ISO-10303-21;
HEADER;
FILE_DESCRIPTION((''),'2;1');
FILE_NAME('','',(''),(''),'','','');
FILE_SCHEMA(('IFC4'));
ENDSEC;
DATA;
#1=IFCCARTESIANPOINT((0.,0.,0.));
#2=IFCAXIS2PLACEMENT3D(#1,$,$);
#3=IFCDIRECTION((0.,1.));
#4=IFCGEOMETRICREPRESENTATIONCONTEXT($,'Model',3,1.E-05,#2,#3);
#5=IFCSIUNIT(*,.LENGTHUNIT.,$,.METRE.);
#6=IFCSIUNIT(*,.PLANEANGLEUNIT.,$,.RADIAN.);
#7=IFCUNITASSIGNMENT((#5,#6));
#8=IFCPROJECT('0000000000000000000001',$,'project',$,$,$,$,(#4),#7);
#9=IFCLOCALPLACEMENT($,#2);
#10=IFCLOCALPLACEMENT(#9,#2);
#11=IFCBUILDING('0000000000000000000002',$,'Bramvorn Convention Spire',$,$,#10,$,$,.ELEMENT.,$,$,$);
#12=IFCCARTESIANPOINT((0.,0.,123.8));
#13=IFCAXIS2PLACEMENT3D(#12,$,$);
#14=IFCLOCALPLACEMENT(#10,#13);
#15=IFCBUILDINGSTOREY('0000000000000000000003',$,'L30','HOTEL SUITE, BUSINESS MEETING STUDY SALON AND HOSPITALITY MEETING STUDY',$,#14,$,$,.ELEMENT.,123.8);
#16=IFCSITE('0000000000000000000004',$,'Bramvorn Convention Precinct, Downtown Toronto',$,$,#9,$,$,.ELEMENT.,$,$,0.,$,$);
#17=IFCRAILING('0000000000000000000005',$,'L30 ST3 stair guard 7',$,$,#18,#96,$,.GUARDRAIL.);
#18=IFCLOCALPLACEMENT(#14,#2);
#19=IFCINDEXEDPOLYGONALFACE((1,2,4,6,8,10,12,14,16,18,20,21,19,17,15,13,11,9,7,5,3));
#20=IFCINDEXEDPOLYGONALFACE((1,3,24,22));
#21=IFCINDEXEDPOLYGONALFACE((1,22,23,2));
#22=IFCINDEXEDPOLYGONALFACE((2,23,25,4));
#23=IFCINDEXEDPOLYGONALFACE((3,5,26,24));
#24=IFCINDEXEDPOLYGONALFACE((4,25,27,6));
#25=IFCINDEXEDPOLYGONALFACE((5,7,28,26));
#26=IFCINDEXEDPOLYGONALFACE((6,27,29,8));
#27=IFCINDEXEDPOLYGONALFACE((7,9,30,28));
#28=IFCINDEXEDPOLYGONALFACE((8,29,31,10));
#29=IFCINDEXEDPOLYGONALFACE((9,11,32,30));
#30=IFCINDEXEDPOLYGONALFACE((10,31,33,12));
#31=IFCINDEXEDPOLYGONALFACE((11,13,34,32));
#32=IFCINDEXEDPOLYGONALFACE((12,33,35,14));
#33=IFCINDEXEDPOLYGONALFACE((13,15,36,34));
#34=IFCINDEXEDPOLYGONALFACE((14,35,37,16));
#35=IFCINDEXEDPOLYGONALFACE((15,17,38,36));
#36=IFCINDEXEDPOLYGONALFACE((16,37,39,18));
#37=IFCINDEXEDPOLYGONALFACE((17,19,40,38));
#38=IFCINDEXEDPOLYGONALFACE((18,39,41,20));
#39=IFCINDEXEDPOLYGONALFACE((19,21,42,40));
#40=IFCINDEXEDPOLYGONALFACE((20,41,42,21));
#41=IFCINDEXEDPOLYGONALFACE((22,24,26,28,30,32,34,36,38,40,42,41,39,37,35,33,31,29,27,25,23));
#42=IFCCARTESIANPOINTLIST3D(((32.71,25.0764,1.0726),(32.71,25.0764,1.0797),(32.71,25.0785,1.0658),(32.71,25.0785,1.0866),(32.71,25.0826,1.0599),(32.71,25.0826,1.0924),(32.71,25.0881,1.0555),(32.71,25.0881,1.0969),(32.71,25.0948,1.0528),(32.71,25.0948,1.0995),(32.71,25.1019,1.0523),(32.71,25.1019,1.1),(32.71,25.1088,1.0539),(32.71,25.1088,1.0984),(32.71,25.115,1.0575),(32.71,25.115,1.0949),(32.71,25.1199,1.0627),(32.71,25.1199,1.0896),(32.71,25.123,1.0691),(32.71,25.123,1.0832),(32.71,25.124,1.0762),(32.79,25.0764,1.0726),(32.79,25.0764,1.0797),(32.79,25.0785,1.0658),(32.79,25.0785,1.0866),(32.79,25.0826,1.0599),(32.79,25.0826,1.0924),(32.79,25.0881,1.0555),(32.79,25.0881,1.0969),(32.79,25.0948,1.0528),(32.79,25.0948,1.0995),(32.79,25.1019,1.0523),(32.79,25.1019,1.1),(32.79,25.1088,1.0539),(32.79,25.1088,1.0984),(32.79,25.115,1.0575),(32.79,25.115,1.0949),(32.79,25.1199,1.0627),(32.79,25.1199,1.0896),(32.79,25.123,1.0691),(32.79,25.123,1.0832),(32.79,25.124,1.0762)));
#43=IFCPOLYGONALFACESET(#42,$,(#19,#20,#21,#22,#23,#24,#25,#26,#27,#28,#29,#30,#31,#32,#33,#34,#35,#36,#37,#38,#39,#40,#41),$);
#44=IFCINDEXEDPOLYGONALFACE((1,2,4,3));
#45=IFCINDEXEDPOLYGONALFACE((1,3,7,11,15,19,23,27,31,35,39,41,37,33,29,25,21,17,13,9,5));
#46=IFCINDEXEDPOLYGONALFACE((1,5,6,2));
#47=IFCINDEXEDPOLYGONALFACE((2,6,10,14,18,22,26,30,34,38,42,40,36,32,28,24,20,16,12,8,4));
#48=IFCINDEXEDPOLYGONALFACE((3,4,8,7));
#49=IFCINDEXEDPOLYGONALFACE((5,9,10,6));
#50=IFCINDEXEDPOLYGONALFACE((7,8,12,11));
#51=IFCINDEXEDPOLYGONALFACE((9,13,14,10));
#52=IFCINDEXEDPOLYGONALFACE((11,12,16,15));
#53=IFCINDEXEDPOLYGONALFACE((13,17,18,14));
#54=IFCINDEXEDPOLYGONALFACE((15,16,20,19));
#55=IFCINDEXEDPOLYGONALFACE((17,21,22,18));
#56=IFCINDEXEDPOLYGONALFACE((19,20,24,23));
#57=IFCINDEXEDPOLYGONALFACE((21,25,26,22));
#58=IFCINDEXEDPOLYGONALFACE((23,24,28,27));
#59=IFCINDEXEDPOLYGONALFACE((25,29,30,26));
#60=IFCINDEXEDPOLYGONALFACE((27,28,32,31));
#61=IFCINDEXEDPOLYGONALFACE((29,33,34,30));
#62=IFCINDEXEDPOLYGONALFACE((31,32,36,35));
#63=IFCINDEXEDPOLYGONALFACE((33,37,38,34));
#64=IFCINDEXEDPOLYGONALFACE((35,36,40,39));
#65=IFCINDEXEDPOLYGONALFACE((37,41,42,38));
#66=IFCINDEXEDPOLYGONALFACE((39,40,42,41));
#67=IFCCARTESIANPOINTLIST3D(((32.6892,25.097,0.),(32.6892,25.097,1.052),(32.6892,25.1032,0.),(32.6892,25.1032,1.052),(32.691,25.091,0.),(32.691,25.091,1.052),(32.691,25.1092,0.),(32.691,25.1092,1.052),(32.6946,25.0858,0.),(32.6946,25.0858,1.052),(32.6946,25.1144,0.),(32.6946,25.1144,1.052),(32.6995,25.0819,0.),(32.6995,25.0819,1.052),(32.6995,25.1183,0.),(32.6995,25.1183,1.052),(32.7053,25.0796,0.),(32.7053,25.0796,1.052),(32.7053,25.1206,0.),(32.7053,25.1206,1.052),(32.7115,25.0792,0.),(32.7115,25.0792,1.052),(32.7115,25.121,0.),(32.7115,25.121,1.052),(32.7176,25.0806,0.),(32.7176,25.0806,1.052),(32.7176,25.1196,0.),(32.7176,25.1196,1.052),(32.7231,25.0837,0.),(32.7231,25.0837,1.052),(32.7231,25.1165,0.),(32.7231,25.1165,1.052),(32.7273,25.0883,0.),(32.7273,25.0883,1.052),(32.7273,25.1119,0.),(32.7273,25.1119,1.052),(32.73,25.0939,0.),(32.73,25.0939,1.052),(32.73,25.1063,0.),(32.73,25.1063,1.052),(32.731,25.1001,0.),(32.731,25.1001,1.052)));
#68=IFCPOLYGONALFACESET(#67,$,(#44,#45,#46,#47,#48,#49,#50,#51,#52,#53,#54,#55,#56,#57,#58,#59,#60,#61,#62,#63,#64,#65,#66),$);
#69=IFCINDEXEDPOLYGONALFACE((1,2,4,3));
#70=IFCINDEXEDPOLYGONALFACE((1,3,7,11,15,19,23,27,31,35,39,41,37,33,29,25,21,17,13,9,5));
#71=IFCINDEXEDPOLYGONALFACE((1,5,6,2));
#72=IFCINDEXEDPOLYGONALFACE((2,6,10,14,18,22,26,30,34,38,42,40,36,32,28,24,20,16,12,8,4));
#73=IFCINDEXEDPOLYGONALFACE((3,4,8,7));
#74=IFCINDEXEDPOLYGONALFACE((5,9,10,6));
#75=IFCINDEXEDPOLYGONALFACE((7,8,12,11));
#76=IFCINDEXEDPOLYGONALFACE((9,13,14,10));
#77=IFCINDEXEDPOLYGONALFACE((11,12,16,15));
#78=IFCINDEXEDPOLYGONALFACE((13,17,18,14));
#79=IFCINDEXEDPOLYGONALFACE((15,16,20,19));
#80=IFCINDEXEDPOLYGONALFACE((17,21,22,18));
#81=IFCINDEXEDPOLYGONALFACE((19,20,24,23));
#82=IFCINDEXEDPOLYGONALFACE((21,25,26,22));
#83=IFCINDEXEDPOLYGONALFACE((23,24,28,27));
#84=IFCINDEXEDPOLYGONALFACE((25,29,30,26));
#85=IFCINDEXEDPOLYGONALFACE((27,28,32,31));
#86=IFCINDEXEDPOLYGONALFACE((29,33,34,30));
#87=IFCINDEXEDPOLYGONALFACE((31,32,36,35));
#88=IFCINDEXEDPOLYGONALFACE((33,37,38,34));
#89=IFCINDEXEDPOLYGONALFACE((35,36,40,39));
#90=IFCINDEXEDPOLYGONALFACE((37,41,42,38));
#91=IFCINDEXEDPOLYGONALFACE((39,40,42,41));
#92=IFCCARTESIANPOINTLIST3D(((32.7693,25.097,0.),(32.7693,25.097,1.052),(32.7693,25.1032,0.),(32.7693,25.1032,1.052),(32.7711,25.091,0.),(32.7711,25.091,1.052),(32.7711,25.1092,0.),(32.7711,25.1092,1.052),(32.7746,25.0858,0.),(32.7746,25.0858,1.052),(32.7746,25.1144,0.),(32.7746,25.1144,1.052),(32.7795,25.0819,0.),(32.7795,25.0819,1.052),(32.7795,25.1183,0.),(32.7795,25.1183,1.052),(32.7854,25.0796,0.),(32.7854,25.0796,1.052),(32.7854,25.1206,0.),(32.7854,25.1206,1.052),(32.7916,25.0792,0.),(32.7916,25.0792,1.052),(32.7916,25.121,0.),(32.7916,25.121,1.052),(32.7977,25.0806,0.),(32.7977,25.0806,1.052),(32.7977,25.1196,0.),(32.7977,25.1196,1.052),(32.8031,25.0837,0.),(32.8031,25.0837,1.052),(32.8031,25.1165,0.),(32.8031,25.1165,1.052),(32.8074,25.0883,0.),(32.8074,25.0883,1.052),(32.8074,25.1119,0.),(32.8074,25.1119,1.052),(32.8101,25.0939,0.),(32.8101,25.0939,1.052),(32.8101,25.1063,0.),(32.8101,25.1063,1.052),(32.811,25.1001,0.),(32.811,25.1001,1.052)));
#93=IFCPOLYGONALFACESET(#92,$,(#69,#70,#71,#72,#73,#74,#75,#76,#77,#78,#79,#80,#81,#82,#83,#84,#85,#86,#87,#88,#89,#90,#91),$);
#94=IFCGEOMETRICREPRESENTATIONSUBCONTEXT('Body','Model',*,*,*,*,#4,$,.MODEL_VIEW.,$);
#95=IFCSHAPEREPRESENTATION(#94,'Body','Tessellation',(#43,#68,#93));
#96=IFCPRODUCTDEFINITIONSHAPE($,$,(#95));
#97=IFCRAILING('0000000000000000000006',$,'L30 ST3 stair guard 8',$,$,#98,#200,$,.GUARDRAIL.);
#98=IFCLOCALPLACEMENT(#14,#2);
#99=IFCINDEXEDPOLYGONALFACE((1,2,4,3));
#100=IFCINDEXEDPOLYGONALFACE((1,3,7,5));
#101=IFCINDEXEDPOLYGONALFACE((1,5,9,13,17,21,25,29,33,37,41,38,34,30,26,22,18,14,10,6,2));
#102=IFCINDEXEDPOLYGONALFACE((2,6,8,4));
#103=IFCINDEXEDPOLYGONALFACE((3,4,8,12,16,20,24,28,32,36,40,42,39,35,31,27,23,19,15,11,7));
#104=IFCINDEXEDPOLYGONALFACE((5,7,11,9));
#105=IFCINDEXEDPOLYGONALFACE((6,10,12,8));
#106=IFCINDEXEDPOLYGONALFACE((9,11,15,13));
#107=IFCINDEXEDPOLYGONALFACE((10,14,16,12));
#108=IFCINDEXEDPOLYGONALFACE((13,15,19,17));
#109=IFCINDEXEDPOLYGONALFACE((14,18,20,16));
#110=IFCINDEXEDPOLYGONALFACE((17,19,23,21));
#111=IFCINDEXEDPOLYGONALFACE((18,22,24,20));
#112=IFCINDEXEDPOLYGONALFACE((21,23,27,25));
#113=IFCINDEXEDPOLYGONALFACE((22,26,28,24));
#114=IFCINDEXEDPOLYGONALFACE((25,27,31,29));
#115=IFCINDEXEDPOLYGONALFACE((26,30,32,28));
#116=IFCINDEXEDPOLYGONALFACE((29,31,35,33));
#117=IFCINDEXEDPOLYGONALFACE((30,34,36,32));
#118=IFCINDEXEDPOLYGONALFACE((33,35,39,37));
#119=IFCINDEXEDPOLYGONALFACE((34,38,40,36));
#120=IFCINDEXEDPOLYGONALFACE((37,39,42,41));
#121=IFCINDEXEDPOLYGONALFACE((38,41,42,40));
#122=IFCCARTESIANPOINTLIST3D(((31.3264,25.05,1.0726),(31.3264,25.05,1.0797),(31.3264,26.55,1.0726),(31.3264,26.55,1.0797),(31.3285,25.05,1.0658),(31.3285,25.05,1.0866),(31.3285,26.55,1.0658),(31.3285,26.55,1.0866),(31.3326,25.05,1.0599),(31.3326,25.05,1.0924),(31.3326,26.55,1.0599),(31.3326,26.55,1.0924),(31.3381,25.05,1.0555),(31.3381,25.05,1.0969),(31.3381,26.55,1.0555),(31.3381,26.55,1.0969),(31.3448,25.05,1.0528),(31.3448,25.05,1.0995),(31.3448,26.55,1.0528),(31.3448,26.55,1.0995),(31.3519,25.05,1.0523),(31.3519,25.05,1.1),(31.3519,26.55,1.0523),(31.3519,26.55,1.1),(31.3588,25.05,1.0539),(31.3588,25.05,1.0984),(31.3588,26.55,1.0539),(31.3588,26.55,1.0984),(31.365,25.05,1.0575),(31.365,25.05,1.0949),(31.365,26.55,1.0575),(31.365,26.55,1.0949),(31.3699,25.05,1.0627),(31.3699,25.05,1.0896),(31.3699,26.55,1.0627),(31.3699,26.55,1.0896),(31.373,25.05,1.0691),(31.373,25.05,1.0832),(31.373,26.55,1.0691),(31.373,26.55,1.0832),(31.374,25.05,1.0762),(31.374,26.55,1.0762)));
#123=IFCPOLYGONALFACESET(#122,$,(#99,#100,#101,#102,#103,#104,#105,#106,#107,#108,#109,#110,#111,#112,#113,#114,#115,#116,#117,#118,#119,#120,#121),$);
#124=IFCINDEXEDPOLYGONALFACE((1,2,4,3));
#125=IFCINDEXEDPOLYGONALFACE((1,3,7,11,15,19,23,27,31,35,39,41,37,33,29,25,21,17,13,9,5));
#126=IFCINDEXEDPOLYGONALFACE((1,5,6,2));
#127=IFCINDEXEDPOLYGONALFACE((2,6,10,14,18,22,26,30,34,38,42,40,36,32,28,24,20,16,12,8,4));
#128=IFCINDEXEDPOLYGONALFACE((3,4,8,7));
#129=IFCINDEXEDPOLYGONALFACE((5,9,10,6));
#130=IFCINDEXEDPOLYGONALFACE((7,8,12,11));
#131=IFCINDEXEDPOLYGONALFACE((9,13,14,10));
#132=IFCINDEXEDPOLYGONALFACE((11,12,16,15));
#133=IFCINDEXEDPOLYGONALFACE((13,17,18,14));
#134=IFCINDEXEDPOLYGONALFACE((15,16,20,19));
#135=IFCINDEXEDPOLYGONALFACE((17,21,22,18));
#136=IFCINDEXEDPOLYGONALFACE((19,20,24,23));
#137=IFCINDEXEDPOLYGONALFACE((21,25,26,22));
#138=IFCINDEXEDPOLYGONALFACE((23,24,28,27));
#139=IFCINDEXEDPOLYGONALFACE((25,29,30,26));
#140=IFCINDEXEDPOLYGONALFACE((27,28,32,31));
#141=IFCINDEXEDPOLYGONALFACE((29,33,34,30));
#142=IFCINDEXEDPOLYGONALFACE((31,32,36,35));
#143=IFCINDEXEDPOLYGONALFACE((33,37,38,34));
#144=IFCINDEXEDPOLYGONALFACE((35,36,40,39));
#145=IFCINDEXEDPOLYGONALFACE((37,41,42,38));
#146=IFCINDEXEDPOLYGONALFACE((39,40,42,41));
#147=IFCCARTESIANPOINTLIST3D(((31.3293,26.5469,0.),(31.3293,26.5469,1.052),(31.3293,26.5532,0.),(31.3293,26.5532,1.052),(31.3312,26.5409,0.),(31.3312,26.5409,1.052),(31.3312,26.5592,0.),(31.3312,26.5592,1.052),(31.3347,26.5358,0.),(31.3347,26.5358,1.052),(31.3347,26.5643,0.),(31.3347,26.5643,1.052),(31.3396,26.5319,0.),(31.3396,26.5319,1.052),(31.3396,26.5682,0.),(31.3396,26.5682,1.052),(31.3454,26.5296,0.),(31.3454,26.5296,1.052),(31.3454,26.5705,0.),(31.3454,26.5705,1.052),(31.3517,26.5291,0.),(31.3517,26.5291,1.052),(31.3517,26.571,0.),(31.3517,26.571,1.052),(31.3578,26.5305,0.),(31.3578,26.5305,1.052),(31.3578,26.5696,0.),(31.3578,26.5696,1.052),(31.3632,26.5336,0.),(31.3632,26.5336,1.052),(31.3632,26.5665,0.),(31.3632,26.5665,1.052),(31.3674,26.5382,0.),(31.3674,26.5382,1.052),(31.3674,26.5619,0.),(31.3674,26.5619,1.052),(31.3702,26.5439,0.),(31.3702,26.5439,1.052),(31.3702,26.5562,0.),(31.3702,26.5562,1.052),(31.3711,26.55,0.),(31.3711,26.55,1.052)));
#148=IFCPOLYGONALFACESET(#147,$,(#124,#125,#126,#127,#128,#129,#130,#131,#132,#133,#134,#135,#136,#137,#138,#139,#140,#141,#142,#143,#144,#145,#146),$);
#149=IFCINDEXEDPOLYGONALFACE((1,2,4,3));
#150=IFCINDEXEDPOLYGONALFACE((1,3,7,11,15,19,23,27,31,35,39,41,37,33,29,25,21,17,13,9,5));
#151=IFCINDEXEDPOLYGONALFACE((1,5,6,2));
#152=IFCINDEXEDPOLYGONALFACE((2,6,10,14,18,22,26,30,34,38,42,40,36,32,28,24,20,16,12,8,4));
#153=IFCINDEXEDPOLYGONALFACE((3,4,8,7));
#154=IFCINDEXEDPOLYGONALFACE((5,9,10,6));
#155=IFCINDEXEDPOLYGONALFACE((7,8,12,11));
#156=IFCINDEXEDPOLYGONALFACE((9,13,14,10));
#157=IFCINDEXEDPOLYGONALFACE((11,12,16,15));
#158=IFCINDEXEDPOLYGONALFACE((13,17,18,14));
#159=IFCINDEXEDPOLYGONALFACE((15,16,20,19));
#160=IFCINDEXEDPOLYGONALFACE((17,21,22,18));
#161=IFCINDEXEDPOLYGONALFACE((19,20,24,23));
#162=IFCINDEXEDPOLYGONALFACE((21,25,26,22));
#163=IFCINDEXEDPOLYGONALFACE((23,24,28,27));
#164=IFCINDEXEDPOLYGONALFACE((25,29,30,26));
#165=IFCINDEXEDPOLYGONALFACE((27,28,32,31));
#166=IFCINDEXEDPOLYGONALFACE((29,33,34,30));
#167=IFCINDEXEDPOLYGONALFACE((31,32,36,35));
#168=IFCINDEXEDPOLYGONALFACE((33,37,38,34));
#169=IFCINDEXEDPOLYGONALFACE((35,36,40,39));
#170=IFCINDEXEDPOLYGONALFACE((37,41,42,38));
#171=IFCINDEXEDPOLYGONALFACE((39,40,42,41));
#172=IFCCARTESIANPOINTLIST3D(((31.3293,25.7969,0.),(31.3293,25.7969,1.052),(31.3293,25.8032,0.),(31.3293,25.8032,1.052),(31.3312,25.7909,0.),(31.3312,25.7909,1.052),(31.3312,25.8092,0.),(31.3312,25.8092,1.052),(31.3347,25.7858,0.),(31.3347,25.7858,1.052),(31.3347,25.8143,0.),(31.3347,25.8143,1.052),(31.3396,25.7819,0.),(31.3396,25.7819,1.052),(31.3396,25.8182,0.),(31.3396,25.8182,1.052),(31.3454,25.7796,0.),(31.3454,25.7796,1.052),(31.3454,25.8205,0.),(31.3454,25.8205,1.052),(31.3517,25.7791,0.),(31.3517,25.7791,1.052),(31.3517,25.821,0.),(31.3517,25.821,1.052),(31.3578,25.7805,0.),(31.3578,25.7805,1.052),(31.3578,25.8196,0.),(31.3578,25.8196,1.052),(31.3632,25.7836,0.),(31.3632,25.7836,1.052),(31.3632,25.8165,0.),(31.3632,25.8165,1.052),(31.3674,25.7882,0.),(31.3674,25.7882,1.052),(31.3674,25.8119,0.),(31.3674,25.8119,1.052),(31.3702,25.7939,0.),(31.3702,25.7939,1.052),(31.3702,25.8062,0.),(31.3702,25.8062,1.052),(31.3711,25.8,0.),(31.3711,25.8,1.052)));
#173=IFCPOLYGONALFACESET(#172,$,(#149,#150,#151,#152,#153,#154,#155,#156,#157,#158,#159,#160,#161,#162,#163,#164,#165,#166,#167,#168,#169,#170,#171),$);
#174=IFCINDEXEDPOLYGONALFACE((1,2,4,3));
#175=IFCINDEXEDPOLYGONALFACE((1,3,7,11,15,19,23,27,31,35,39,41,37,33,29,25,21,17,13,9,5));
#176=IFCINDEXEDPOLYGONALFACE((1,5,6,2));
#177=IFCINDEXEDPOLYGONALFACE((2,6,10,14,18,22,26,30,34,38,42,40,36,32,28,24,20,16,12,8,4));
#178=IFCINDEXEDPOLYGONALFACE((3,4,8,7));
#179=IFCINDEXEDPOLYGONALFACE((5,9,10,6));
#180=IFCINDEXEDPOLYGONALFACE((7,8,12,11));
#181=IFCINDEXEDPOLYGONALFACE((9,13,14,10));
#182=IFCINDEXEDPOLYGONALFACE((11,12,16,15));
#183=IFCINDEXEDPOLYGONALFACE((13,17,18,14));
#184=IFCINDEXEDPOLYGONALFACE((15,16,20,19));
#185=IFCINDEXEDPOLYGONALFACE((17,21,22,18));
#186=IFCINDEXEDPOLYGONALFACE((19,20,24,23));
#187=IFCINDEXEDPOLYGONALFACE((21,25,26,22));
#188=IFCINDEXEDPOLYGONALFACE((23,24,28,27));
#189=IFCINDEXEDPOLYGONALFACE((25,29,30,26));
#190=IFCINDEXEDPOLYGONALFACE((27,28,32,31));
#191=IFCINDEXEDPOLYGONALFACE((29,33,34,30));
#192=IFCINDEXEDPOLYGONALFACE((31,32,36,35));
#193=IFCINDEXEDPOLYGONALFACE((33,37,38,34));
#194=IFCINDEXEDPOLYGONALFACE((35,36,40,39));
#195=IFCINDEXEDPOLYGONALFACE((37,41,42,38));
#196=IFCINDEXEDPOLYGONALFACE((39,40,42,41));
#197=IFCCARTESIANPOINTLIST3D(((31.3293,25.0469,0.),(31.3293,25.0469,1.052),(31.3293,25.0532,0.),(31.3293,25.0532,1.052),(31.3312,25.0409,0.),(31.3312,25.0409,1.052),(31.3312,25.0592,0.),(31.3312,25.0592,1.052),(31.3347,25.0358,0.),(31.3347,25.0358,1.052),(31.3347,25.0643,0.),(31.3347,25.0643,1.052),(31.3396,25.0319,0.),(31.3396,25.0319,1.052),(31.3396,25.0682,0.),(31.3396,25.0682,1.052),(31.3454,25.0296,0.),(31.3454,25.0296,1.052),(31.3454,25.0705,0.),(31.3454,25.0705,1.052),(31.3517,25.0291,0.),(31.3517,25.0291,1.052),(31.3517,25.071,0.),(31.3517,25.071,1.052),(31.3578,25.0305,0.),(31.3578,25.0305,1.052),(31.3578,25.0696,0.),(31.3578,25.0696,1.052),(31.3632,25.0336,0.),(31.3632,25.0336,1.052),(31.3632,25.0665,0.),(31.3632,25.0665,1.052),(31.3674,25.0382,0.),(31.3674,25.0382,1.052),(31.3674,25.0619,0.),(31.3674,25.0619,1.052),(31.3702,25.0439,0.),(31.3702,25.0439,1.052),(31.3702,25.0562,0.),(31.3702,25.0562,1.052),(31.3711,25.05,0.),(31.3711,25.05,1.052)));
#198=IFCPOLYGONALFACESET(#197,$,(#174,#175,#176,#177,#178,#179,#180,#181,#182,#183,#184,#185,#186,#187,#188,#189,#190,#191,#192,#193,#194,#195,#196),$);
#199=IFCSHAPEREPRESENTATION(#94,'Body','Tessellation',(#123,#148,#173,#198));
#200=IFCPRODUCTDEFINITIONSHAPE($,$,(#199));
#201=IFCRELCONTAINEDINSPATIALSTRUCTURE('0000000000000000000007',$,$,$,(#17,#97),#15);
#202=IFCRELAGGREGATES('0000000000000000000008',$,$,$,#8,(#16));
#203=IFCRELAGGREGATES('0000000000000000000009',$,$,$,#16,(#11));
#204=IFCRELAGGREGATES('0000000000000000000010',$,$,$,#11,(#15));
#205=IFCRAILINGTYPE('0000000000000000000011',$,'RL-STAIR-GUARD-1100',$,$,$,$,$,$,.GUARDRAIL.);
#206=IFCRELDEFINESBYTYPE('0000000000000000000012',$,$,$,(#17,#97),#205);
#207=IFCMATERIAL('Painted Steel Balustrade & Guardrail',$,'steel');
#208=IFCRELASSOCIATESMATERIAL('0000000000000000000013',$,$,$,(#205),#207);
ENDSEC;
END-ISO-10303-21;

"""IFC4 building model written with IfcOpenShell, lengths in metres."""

from ifc_helpers import new_model, si_unit, direction, frame, origin, origin_2d, place, context, subcontext, project, spatial, circle, extrude, material, type_object, element, save


model = new_model("IFC4")

# Units and contexts
model_context = context("Model", 3, precision=1e-05, world=origin(), true_north=direction((0.0, 1.0)))
body_context = subcontext(model_context, "Body", "Model", "MODEL_VIEW")
ifc_project = project(units=[si_unit("LENGTHUNIT", "METRE"), si_unit("PLANEANGLEUNIT", "RADIAN")], contexts=[model_context])

# Site, building, storey
site_placement = place(None, origin())
site = spatial("IfcSite", under=ifc_project, at=site_placement, Name="Bramvorn Convention Precinct, Downtown Toronto", CompositionType="ELEMENT", RefElevation=0.0)
building_placement = place(site_placement, origin())
building = spatial("IfcBuilding", under=site, at=building_placement, Name="Bramvorn Convention Spire", CompositionType="ELEMENT")
storey_placement = place(building_placement, frame((0.0, 0.0, 123.8)))
storey = spatial("IfcBuildingStorey", under=building, at=storey_placement, Name="L30", Description="HOTEL SUITE, BUSINESS MEETING STUDY SALON AND HOSPITALITY MEETING STUDY", CompositionType="ELEMENT", Elevation=123.8)

# Railings
ifc_material_1 = material(Name="Painted Steel Balustrade & Guardrail", Category="steel")
railing_type_1 = type_object("IfcRailingType", Name="RL-STAIR-GUARD-1100", PredefinedType="GUARDRAIL", material=ifc_material_1)
railing_1_placement = place(storey_placement, frame((32.71, 25.1001, 0.0)))
element("IfcRailing", 1, at=railing_1_placement, inside=storey, type_object=railing_type_1, Name="L30 ST3 stair guard 7", PredefinedType="GUARDRAIL", context=body_context, shape_type="SweptSolid", body=[
    extrude(circle(Radius=0.0239, at=origin_2d()), frame((0.0, 0.0, 1.0762), z_axis=(1.0, 0.0, 0.0), x_axis=(0.0, 1.0, 0.0)), (0.0, 0.0, 1.0), 0.0801),
    extrude(circle(Radius=0.021, at=origin_2d()), origin(), (0.0, 0.0, 1.0), 1.052),
    extrude(circle(Radius=0.021, at=origin_2d()), frame((0.0801, 0.0, 0.0)), (0.0, 0.0, 1.0), 1.052),
])
for number, where, name in (
    (2, (31.3501, 26.55, 0.0), "L30 ST3 stair guard 8"),
):
    element("IfcRailing", number, at=place(storey_placement, frame(where)), inside=storey, type_object=railing_type_1, Name=name, PredefinedType="GUARDRAIL", context=body_context, shape_type="SweptSolid", body=[
        extrude(circle(Radius=0.0239, at=origin_2d()), frame((0.0, 0.0, 1.0762), z_axis=(0.0, -1.0, 0.0), x_axis=(1.0, 0.0, 0.0)), (0.0, 0.0, 1.0), 1.5),
        extrude(circle(Radius=0.021, at=origin_2d()), origin(), (0.0, 0.0, 1.0), 1.052),
        extrude(circle(Radius=0.021, at=origin_2d()), frame((0.0, -0.75, 0.0)), (0.0, 0.0, 1.0), 1.052),
        extrude(circle(Radius=0.021, at=origin_2d()), frame((0.0, -1.5, 0.0)), (0.0, 0.0, 1.0), 1.052),
    ])

save(model, "model.ifc")
